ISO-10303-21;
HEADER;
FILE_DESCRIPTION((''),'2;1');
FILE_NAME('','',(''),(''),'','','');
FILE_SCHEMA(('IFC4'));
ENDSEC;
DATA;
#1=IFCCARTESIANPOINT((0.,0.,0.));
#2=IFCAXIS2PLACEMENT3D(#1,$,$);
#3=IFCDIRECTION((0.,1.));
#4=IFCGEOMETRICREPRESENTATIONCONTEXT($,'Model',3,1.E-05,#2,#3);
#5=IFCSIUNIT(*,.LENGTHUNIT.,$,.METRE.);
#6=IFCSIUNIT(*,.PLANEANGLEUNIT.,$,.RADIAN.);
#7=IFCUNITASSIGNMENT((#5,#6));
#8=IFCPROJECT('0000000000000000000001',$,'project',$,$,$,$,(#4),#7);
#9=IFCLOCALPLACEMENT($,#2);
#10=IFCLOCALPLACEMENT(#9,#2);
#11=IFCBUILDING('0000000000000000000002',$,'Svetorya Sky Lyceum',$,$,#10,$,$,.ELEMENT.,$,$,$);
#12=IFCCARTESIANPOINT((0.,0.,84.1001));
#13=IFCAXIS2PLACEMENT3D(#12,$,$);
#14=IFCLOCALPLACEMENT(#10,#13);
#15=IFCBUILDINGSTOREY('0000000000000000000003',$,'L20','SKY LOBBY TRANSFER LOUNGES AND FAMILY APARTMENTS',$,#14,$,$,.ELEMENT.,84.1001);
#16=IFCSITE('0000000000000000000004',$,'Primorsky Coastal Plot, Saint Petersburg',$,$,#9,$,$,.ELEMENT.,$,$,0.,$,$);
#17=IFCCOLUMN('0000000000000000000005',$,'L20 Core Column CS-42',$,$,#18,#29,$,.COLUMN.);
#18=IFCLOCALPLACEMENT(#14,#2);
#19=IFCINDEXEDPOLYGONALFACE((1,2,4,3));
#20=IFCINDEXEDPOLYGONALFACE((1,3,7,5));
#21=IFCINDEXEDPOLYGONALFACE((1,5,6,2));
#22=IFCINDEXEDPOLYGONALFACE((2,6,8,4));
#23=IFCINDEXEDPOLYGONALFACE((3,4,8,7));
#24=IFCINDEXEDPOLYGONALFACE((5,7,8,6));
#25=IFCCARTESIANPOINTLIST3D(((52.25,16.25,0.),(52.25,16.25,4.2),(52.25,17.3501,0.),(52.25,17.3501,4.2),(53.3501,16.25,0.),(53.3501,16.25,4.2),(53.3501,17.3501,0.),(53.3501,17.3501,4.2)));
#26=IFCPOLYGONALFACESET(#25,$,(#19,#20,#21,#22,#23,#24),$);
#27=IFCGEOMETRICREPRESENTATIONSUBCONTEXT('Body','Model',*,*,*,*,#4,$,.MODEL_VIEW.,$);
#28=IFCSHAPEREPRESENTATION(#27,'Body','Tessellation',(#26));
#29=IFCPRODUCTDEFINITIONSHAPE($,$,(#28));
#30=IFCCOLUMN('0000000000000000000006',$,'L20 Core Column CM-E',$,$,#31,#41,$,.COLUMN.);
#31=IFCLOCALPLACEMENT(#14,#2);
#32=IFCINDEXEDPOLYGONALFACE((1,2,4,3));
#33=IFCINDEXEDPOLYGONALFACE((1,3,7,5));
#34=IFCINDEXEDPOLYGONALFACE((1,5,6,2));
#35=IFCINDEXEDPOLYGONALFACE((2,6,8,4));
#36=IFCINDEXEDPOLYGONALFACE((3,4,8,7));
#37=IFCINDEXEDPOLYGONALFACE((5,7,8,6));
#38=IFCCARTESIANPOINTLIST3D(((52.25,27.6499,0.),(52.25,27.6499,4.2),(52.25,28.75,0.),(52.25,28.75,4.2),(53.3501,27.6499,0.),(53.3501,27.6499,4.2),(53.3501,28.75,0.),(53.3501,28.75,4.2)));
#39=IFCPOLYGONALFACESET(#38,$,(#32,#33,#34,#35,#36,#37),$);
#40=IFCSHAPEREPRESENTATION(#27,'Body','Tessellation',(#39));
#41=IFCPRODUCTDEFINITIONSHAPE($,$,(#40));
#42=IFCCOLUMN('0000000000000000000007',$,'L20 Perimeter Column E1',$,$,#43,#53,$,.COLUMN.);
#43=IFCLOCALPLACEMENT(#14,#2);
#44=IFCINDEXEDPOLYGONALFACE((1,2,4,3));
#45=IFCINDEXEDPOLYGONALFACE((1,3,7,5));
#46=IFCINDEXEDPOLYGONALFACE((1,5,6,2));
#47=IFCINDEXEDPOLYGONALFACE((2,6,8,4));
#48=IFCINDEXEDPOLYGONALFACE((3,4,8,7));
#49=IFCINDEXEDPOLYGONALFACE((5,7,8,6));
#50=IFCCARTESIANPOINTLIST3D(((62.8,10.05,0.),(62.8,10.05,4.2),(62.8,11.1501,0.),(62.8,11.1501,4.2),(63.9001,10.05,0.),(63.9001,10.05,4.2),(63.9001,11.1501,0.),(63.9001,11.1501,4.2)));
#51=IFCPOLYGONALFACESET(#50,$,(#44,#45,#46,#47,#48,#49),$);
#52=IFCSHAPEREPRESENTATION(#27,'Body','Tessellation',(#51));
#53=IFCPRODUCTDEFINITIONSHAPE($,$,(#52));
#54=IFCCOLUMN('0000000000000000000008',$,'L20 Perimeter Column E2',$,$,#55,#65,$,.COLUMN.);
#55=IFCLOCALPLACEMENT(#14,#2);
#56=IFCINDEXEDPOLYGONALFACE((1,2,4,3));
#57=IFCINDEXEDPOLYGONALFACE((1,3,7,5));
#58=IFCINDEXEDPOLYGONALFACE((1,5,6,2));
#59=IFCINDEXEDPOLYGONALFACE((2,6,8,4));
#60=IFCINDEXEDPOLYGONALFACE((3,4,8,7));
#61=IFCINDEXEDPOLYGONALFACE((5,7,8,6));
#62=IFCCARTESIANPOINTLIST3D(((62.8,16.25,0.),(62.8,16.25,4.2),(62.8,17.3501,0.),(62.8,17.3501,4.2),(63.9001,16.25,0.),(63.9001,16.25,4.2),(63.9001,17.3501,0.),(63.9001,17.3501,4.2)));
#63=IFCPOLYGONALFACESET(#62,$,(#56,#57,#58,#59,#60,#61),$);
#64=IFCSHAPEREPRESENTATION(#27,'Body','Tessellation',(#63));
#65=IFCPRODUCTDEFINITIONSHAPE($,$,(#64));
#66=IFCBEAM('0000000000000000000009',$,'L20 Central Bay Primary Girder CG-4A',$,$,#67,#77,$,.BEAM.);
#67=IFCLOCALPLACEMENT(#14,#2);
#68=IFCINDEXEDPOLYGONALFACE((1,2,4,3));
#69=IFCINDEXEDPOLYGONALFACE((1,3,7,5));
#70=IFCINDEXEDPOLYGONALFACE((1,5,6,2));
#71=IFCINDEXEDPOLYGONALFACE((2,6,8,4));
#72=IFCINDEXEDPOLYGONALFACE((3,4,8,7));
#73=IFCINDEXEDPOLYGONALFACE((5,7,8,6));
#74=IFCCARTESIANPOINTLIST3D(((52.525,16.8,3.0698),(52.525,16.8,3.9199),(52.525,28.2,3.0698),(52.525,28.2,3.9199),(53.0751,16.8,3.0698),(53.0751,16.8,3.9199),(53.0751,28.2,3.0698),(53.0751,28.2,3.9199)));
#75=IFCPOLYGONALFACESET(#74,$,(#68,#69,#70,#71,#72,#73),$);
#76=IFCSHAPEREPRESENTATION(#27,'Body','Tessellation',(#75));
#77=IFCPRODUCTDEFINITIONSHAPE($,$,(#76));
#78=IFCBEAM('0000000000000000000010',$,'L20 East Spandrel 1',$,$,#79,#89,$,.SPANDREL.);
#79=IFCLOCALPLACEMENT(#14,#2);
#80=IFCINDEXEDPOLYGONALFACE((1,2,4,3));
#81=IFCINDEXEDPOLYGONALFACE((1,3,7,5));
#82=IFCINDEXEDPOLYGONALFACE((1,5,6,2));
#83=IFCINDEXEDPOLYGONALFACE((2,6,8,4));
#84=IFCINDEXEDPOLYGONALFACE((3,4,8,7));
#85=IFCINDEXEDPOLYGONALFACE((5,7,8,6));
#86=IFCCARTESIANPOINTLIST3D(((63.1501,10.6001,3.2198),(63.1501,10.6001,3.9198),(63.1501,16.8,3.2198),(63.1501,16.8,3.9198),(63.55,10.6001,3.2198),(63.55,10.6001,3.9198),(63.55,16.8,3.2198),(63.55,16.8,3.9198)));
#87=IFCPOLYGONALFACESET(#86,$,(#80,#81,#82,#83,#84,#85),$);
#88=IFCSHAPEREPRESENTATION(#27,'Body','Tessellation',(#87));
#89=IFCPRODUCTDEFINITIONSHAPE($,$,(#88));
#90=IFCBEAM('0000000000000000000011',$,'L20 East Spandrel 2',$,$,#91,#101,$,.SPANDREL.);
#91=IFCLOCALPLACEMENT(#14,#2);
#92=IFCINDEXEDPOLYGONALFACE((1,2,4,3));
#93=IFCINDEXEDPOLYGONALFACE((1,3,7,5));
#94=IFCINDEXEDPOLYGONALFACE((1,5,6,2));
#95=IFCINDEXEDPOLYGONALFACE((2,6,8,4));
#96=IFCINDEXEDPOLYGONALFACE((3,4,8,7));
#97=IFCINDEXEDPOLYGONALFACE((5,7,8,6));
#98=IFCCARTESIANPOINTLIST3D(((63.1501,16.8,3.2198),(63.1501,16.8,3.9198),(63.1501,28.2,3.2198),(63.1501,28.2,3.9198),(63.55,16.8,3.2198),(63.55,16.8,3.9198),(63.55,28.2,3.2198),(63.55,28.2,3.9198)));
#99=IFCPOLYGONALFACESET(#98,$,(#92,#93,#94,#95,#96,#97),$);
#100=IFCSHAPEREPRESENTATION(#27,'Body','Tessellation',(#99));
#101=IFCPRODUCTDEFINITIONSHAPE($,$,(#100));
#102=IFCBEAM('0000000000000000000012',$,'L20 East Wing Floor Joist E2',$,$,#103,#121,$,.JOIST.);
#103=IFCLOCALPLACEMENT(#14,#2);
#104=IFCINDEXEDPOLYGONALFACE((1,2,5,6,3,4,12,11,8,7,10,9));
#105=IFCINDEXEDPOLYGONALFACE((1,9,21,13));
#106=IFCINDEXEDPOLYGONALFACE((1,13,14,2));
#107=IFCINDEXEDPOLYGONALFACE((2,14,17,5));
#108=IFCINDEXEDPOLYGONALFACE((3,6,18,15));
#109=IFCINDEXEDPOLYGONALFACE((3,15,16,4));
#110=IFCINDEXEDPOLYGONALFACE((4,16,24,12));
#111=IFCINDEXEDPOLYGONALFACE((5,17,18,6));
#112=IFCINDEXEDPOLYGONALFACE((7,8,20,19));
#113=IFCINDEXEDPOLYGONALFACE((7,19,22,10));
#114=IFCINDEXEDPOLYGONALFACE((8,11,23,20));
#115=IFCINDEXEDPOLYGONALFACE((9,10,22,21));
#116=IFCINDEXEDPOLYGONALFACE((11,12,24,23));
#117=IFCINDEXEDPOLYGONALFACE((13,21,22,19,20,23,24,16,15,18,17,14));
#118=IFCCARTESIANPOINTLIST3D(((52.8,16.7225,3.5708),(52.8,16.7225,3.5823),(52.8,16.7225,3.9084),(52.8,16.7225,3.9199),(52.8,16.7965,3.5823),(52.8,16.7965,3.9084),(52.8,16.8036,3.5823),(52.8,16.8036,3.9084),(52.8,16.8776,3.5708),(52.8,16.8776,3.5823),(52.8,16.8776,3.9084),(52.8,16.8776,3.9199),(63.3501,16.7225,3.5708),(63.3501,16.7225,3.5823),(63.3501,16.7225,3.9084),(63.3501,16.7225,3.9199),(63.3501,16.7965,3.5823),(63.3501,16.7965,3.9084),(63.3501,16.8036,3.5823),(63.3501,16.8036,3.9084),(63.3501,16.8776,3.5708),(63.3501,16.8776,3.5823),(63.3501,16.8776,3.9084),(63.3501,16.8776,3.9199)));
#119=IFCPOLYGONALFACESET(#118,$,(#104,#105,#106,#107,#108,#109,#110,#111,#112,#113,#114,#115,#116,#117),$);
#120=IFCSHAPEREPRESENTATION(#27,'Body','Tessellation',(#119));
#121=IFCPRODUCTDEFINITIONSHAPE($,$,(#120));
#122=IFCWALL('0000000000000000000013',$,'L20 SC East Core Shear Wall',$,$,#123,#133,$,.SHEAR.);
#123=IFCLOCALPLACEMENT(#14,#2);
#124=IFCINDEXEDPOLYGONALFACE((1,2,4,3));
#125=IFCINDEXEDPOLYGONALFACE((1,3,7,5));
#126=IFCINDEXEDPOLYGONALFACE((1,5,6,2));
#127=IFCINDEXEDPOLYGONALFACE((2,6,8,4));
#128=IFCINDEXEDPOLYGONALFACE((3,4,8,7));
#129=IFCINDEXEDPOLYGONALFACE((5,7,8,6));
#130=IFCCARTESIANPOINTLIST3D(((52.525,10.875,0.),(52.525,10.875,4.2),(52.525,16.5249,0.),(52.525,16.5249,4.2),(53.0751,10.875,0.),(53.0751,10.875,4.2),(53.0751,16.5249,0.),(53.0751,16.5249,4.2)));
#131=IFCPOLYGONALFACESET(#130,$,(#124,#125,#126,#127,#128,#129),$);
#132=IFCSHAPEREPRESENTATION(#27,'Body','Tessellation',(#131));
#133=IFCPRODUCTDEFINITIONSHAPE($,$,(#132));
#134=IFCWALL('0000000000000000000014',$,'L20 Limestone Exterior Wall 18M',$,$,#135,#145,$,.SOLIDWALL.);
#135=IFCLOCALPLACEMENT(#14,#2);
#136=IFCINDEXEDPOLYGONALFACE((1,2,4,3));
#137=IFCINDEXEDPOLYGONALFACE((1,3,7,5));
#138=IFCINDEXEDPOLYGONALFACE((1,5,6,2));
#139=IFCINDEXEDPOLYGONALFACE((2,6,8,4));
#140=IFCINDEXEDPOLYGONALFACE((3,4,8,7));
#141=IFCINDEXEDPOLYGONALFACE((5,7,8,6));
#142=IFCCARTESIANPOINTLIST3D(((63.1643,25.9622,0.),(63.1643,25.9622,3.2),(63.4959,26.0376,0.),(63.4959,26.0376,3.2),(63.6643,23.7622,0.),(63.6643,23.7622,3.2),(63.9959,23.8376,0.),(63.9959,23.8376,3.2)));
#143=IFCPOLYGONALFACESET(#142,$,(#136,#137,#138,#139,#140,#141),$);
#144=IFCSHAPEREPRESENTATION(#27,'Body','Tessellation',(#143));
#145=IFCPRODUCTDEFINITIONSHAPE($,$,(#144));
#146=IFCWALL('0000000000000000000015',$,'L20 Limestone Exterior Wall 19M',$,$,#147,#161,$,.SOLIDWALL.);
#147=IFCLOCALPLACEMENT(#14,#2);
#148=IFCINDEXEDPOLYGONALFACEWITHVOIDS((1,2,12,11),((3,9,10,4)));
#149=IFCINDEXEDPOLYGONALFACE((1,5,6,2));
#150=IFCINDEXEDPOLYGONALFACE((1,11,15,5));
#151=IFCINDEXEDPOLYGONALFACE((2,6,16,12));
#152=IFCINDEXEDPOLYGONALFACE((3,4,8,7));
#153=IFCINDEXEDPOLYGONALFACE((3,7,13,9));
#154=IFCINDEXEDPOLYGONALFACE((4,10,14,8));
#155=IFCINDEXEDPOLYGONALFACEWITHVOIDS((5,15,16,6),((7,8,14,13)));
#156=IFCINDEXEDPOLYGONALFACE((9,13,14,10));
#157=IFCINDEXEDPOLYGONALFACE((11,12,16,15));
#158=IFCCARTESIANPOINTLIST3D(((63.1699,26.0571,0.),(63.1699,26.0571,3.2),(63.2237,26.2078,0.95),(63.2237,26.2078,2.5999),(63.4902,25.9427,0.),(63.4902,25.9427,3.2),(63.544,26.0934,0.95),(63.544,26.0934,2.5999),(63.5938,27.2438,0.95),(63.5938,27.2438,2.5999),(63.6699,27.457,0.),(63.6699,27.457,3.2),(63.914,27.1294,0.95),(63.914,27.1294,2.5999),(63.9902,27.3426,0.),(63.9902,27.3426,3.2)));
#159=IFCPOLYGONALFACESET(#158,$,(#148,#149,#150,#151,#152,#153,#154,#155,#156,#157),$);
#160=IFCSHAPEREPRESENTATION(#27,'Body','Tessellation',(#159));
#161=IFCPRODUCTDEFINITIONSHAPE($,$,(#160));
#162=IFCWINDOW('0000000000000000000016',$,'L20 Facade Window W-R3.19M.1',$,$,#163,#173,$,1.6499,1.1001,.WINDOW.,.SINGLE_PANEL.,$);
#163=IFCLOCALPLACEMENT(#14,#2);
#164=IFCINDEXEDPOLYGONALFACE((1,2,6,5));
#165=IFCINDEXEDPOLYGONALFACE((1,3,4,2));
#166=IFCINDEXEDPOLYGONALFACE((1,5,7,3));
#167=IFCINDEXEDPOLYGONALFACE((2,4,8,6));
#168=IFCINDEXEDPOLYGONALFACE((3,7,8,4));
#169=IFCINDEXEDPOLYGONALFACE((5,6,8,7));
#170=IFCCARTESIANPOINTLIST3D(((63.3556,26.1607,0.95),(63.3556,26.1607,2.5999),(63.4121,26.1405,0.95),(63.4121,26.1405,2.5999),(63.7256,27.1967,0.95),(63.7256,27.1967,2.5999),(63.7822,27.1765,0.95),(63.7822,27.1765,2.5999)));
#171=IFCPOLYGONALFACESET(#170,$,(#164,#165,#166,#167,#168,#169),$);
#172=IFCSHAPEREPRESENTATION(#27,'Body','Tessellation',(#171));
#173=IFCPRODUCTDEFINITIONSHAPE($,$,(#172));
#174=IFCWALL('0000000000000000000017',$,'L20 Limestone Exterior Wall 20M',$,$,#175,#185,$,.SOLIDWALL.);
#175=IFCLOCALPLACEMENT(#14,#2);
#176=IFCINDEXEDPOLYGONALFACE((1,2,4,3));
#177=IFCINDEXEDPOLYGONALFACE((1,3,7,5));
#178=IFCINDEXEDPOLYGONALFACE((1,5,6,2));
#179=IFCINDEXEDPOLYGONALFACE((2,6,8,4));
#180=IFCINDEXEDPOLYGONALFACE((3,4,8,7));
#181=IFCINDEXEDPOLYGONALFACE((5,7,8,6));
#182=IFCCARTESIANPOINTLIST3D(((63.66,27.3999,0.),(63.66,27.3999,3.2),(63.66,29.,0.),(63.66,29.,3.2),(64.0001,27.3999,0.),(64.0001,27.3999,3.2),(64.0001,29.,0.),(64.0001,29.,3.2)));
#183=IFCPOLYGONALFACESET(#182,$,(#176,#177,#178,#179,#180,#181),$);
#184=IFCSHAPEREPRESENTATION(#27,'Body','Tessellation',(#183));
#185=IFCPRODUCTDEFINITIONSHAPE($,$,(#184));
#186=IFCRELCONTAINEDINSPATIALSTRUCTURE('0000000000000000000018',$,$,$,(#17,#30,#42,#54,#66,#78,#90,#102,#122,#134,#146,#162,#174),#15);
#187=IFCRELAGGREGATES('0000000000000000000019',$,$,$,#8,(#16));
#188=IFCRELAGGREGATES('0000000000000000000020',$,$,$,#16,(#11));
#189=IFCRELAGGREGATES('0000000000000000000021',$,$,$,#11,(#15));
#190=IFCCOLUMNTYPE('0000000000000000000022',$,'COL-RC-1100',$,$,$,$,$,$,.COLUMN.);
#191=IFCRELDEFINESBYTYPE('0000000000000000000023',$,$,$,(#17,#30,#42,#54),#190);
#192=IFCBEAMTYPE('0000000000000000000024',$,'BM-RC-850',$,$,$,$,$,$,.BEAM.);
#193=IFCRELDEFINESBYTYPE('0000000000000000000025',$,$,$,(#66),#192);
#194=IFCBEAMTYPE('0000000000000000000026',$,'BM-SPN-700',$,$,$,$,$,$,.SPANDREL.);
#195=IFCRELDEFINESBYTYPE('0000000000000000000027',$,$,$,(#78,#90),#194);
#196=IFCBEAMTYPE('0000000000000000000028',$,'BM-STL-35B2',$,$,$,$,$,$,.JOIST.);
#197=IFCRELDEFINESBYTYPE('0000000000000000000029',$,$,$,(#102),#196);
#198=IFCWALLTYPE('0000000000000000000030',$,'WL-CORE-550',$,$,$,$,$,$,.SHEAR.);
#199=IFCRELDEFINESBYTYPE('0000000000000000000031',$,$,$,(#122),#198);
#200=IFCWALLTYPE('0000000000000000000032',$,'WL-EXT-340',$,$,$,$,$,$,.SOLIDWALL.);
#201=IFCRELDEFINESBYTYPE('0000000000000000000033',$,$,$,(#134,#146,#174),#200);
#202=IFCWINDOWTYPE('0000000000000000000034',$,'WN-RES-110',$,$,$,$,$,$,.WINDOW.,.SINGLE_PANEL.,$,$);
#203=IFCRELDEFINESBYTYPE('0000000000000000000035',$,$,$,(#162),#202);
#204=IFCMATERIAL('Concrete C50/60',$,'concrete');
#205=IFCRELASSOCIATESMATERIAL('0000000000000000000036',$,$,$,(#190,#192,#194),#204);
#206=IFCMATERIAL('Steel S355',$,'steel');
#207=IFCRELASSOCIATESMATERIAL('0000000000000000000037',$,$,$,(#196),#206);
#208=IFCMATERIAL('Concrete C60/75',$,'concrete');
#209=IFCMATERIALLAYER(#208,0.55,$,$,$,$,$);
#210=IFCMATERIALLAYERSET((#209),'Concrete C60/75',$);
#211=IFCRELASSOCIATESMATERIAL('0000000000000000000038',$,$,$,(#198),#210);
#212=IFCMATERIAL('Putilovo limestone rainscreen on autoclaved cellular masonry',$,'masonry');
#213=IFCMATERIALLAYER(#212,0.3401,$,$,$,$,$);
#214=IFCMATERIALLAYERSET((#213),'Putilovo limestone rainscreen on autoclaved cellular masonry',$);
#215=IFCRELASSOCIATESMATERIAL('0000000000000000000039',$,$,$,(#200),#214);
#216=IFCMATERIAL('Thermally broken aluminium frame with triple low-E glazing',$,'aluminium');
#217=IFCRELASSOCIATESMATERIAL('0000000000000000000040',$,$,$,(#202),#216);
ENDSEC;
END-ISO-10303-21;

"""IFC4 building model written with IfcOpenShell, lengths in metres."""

from ifc_helpers import new_model, si_unit, direction, frame, frame_2d, origin, origin_2d, place, context, subcontext, project, spatial, rectangle, i_section, extrude, material, layer, layer_set, material_profile, profile_set, type_object, element, fill, save


model = new_model("IFC4")

# Units and contexts
model_context = context("Model", 3, precision=1e-05, world=origin(), true_north=direction((0.0, 1.0)))
body_context = subcontext(model_context, "Body", "Model", "MODEL_VIEW")
ifc_project = project(units=[si_unit("LENGTHUNIT", "METRE"), si_unit("PLANEANGLEUNIT", "RADIAN")], contexts=[model_context])

# Site, building, storey
site_placement = place(None, origin())
site = spatial("IfcSite", under=ifc_project, at=site_placement, Name="Primorsky Coastal Plot, Saint Petersburg", CompositionType="ELEMENT", RefElevation=0.0)
building_placement = place(site_placement, origin())
building = spatial("IfcBuilding", under=site, at=building_placement, Name="Svetorya Sky Lyceum", CompositionType="ELEMENT")
storey_placement = place(building_placement, frame((0.0, 0.0, 84.1001)))
storey = spatial("IfcBuildingStorey", under=building, at=storey_placement, Name="L20", Description="SKY LOBBY TRANSFER LOUNGES AND FAMILY APARTMENTS", CompositionType="ELEMENT", Elevation=84.1001)

# Columns
ifc_material_1 = material(Name="Concrete C50/60", Category="concrete")
ifc_material_profile_1 = material_profile(ifc_material_1, rectangle(XDim=1.1001, YDim=1.1001, at=origin_2d()), Name="RC COL 1100x1100")
ifc_profile_set_1 = profile_set([ifc_material_profile_1], Name="Concrete C50/60")
column_type = type_object("IfcColumnType", Name="COL-RC-1100", PredefinedType="COLUMN", material=ifc_profile_set_1)
for number, where, z_axis, x_axis, name in (
    (1, (52.8, 16.8, 0.0), (0.0, 0.0, 1.0), (1.0, 0.0, 0.0), "L20 Core Column CS-42"),
    (2, (52.8, 28.2, 0.0), (0.0, 0.0, 1.0), (1.0, 0.0, 0.0), "L20 Core Column CM-E"),
    (3, (63.3501, 10.6001, 0.0), (0.0, 0.0, 1.0), (1.0, 0.0, 0.0), "L20 Perimeter Column E1"),
    (4, (63.3501, 16.8, 0.0), (0.0, 0.0, 1.0), (1.0, 0.0, 0.0), "L20 Perimeter Column E2"),
):
    element("IfcColumn", number, at=place(storey_placement, frame(where, z_axis=z_axis, x_axis=x_axis)), inside=storey, type_object=column_type, Name=name, PredefinedType="COLUMN", context=body_context, shape_type="SweptSolid", body=[
        extrude(rectangle(XDim=1.1001, YDim=1.1001, at=origin_2d()), origin(), (0.0, 0.0, 1.0), 4.2),
    ])

# Beams
ifc_material_profile_2 = material_profile(ifc_material_1, rectangle(XDim=0.55, YDim=0.8501, at=origin_2d()), Name="RC BEAM 550x850")
ifc_profile_set_2 = profile_set([ifc_material_profile_2], Name="Concrete C50/60")
beam_type_1 = type_object("IfcBeamType", Name="BM-RC-850", PredefinedType="BEAM", material=ifc_profile_set_2)
beam_1_placement = place(storey_placement, frame((52.8, 16.8, 3.4949), z_axis=(0.0, 1.0, 0.0), x_axis=(-1.0, 0.0, 0.0)))
element("IfcBeam", 5, at=beam_1_placement, inside=storey, type_object=beam_type_1, Name="L20 Central Bay Primary Girder CG-4A", PredefinedType="BEAM", context=body_context, shape_type="SweptSolid", body=[
    extrude(rectangle(XDim=0.55, YDim=0.8501, at=origin_2d()), origin(), (0.0, 0.0, 1.0), 11.3999),
])
ifc_material_profile_3 = material_profile(ifc_material_1, rectangle(XDim=0.3999, YDim=0.7, at=origin_2d()), Name="RC SPANDREL 400x700")
ifc_profile_set_3 = profile_set([ifc_material_profile_3], Name="Concrete C50/60")
beam_type_2 = type_object("IfcBeamType", Name="BM-SPN-700", PredefinedType="SPANDREL", material=ifc_profile_set_3)
beam_2_placement = place(storey_placement, frame((63.3501, 10.6001, 3.5698), z_axis=(0.0, 1.0, 0.0), x_axis=(-1.0, 0.0, 0.0)))
element("IfcBeam", 6, at=beam_2_placement, inside=storey, type_object=beam_type_2, Name="L20 East Spandrel 1", PredefinedType="SPANDREL", context=body_context, shape_type="SweptSolid", body=[
    extrude(rectangle(XDim=0.3999, YDim=0.7, at=origin_2d()), origin(), (0.0, 0.0, 1.0), 6.2),
])
beam_3_placement = place(storey_placement, frame((63.3501, 16.8, 3.5698), z_axis=(0.0, 1.0, 0.0), x_axis=(-1.0, 0.0, 0.0)))
element("IfcBeam", 7, at=beam_3_placement, inside=storey, type_object=beam_type_2, Name="L20 East Spandrel 2", PredefinedType="SPANDREL", context=body_context, shape_type="SweptSolid", body=[
    extrude(rectangle(XDim=0.3999, YDim=0.7, at=origin_2d()), origin(), (0.0, 0.0, 1.0), 11.3999),
])
ifc_material_2 = material(Name="Steel S355", Category="steel")
ifc_material_profile_4 = material_profile(ifc_material_2, i_section(OverallWidth=0.155, OverallDepth=0.3491, WebThickness=0.0071, FlangeThickness=0.0115, at=origin_2d()), Name="GOST 35B2")
ifc_profile_set_4 = profile_set([ifc_material_profile_4], Name="Steel S355")
beam_type_3 = type_object("IfcBeamType", Name="BM-STL-35B2", PredefinedType="JOIST", material=ifc_profile_set_4)
beam_4_placement = place(storey_placement, frame((52.8, 16.8, 3.7454), z_axis=(1.0, 0.0, 0.0), x_axis=(0.0, 1.0, 0.0)))
element("IfcBeam", 8, at=beam_4_placement, inside=storey, type_object=beam_type_3, Name="L20 East Wing Floor Joist E2", PredefinedType="JOIST", context=body_context, shape_type="SweptSolid", body=[
    extrude(i_section(OverallWidth=0.155, OverallDepth=0.3491, WebThickness=0.0071, FlangeThickness=0.0115, at=origin_2d()), origin(), (0.0, 0.0, 1.0), 10.55),
])

# Walls
ifc_material_3 = material(Name="Concrete C60/75", Category="concrete")
ifc_layer_1 = layer(ifc_material_3, 0.55)
ifc_layer_set_1 = layer_set([ifc_layer_1], Name="Concrete C60/75")
wall_type_1 = type_object("IfcWallType", Name="WL-CORE-550", PredefinedType="SHEAR", material=ifc_layer_set_1)
wall_1_placement = place(storey_placement, frame((52.8, 10.875, 0.0), z_axis=(0.0, 0.0, 1.0), x_axis=(0.0, 1.0, 0.0)))
element("IfcWall", 9, at=wall_1_placement, inside=storey, type_object=wall_type_1, Name="L20 SC East Core Shear Wall", PredefinedType="SHEAR", context=body_context, shape_type="SweptSolid", body=[
    extrude(rectangle(XDim=5.6499, YDim=0.55, at=frame_2d((2.825, 0.0))), origin(), (0.0, 0.0, 1.0), 4.2),
])
ifc_material_4 = material(Name="Putilovo limestone rainscreen on autoclaved cellular masonry", Category="masonry")
ifc_layer_2 = layer(ifc_material_4, 0.3401)
ifc_layer_set_2 = layer_set([ifc_layer_2], Name="Putilovo limestone rainscreen on autoclaved cellular masonry")
wall_type_2 = type_object("IfcWallType", Name="WL-EXT-340", PredefinedType="SOLIDWALL", material=ifc_layer_set_2)
wall_2_placement = place(storey_placement, frame((63.8301, 23.8, 0.0), z_axis=(0.0, 0.0, 1.0), x_axis=(-0.221626, 0.975132, 0.0)))
element("IfcWall", 10, at=wall_2_placement, inside=storey, type_object=wall_type_2, Name="L20 Limestone Exterior Wall 18M", PredefinedType="SOLIDWALL", context=body_context, shape_type="SweptSolid", body=[
    extrude(rectangle(XDim=2.2561, YDim=0.3401, at=frame_2d((1.1279, 0.0))), origin(), (0.0, 0.0, 1.0), 3.2),
])

# Wall, opening, window
wall_3_placement = place(storey_placement, frame((63.3301, 26.0, 0.0), z_axis=(0.0, 0.0, 1.0), x_axis=(0.336357, 0.941734, 0.0)))
wall_3 = element("IfcWall", 11, at=wall_3_placement, inside=storey, type_object=wall_type_2, Name="L20 Limestone Exterior Wall 19M", PredefinedType="SOLIDWALL", context=body_context, shape_type="SweptSolid", body=[
    extrude(rectangle(XDim=1.4866, YDim=0.3401, at=frame_2d((0.7432, 0.0))), origin(), (0.0, 0.0, 1.0), 3.2),
])
opening_1_placement = place(wall_3_placement, frame((0.1599, 0.0, 0.95)))
opening_1 = element("IfcOpeningElement", 12, at=opening_1_placement, cuts=wall_3, PredefinedType="OPENING", context=body_context, shape_type="SweptSolid", body=[
    extrude(rectangle(XDim=1.1001, YDim=1.6499, at=frame_2d((0.55, 0.825))), frame((0.0, 0.1799, 0.0), z_axis=(0.0, -1.0, 0.0), x_axis=(1.0, 0.0, 0.0)), (0.0, 0.0, 1.0), 0.3601),
])
ifc_material_5 = material(Name="Thermally broken aluminium frame with triple low-E glazing", Category="aluminium")
window_type = type_object("IfcWindowType", Name="WN-RES-110", PartitioningType="SINGLE_PANEL", PredefinedType="WINDOW", material=ifc_material_5)
window_placement = place(opening_1_placement, origin())
window = element("IfcWindow", 13, at=window_placement, inside=storey, type_object=window_type, Name="L20 Facade Window W-R3.19M.1", OverallHeight=1.6499, OverallWidth=1.1001, PartitioningType="SINGLE_PANEL", PredefinedType="WINDOW", context=body_context, shape_type="SweptSolid", body=[
    extrude(rectangle(XDim=1.1001, YDim=1.6499, at=frame_2d((0.55, 0.825))), frame((0.0, 0.03, 0.0), z_axis=(0.0, -1.0, 0.0), x_axis=(1.0, 0.0, 0.0)), (0.0, 0.0, 1.0), 0.0601),
])
fill(opening_1, window)

# Wall
wall_4_placement = place(storey_placement, frame((63.8301, 27.3999, 0.0), z_axis=(0.0, 0.0, 1.0), x_axis=(0.0, 1.0, 0.0)))
element("IfcWall", 14, at=wall_4_placement, inside=storey, type_object=wall_type_2, Name="L20 Limestone Exterior Wall 20M", PredefinedType="SOLIDWALL", context=body_context, shape_type="SweptSolid", body=[
    extrude(rectangle(XDim=1.6001, YDim=0.3401, at=frame_2d((0.8, 0.0))), origin(), (0.0, 0.0, 1.0), 3.2),
])

save(model, "model.ifc")
